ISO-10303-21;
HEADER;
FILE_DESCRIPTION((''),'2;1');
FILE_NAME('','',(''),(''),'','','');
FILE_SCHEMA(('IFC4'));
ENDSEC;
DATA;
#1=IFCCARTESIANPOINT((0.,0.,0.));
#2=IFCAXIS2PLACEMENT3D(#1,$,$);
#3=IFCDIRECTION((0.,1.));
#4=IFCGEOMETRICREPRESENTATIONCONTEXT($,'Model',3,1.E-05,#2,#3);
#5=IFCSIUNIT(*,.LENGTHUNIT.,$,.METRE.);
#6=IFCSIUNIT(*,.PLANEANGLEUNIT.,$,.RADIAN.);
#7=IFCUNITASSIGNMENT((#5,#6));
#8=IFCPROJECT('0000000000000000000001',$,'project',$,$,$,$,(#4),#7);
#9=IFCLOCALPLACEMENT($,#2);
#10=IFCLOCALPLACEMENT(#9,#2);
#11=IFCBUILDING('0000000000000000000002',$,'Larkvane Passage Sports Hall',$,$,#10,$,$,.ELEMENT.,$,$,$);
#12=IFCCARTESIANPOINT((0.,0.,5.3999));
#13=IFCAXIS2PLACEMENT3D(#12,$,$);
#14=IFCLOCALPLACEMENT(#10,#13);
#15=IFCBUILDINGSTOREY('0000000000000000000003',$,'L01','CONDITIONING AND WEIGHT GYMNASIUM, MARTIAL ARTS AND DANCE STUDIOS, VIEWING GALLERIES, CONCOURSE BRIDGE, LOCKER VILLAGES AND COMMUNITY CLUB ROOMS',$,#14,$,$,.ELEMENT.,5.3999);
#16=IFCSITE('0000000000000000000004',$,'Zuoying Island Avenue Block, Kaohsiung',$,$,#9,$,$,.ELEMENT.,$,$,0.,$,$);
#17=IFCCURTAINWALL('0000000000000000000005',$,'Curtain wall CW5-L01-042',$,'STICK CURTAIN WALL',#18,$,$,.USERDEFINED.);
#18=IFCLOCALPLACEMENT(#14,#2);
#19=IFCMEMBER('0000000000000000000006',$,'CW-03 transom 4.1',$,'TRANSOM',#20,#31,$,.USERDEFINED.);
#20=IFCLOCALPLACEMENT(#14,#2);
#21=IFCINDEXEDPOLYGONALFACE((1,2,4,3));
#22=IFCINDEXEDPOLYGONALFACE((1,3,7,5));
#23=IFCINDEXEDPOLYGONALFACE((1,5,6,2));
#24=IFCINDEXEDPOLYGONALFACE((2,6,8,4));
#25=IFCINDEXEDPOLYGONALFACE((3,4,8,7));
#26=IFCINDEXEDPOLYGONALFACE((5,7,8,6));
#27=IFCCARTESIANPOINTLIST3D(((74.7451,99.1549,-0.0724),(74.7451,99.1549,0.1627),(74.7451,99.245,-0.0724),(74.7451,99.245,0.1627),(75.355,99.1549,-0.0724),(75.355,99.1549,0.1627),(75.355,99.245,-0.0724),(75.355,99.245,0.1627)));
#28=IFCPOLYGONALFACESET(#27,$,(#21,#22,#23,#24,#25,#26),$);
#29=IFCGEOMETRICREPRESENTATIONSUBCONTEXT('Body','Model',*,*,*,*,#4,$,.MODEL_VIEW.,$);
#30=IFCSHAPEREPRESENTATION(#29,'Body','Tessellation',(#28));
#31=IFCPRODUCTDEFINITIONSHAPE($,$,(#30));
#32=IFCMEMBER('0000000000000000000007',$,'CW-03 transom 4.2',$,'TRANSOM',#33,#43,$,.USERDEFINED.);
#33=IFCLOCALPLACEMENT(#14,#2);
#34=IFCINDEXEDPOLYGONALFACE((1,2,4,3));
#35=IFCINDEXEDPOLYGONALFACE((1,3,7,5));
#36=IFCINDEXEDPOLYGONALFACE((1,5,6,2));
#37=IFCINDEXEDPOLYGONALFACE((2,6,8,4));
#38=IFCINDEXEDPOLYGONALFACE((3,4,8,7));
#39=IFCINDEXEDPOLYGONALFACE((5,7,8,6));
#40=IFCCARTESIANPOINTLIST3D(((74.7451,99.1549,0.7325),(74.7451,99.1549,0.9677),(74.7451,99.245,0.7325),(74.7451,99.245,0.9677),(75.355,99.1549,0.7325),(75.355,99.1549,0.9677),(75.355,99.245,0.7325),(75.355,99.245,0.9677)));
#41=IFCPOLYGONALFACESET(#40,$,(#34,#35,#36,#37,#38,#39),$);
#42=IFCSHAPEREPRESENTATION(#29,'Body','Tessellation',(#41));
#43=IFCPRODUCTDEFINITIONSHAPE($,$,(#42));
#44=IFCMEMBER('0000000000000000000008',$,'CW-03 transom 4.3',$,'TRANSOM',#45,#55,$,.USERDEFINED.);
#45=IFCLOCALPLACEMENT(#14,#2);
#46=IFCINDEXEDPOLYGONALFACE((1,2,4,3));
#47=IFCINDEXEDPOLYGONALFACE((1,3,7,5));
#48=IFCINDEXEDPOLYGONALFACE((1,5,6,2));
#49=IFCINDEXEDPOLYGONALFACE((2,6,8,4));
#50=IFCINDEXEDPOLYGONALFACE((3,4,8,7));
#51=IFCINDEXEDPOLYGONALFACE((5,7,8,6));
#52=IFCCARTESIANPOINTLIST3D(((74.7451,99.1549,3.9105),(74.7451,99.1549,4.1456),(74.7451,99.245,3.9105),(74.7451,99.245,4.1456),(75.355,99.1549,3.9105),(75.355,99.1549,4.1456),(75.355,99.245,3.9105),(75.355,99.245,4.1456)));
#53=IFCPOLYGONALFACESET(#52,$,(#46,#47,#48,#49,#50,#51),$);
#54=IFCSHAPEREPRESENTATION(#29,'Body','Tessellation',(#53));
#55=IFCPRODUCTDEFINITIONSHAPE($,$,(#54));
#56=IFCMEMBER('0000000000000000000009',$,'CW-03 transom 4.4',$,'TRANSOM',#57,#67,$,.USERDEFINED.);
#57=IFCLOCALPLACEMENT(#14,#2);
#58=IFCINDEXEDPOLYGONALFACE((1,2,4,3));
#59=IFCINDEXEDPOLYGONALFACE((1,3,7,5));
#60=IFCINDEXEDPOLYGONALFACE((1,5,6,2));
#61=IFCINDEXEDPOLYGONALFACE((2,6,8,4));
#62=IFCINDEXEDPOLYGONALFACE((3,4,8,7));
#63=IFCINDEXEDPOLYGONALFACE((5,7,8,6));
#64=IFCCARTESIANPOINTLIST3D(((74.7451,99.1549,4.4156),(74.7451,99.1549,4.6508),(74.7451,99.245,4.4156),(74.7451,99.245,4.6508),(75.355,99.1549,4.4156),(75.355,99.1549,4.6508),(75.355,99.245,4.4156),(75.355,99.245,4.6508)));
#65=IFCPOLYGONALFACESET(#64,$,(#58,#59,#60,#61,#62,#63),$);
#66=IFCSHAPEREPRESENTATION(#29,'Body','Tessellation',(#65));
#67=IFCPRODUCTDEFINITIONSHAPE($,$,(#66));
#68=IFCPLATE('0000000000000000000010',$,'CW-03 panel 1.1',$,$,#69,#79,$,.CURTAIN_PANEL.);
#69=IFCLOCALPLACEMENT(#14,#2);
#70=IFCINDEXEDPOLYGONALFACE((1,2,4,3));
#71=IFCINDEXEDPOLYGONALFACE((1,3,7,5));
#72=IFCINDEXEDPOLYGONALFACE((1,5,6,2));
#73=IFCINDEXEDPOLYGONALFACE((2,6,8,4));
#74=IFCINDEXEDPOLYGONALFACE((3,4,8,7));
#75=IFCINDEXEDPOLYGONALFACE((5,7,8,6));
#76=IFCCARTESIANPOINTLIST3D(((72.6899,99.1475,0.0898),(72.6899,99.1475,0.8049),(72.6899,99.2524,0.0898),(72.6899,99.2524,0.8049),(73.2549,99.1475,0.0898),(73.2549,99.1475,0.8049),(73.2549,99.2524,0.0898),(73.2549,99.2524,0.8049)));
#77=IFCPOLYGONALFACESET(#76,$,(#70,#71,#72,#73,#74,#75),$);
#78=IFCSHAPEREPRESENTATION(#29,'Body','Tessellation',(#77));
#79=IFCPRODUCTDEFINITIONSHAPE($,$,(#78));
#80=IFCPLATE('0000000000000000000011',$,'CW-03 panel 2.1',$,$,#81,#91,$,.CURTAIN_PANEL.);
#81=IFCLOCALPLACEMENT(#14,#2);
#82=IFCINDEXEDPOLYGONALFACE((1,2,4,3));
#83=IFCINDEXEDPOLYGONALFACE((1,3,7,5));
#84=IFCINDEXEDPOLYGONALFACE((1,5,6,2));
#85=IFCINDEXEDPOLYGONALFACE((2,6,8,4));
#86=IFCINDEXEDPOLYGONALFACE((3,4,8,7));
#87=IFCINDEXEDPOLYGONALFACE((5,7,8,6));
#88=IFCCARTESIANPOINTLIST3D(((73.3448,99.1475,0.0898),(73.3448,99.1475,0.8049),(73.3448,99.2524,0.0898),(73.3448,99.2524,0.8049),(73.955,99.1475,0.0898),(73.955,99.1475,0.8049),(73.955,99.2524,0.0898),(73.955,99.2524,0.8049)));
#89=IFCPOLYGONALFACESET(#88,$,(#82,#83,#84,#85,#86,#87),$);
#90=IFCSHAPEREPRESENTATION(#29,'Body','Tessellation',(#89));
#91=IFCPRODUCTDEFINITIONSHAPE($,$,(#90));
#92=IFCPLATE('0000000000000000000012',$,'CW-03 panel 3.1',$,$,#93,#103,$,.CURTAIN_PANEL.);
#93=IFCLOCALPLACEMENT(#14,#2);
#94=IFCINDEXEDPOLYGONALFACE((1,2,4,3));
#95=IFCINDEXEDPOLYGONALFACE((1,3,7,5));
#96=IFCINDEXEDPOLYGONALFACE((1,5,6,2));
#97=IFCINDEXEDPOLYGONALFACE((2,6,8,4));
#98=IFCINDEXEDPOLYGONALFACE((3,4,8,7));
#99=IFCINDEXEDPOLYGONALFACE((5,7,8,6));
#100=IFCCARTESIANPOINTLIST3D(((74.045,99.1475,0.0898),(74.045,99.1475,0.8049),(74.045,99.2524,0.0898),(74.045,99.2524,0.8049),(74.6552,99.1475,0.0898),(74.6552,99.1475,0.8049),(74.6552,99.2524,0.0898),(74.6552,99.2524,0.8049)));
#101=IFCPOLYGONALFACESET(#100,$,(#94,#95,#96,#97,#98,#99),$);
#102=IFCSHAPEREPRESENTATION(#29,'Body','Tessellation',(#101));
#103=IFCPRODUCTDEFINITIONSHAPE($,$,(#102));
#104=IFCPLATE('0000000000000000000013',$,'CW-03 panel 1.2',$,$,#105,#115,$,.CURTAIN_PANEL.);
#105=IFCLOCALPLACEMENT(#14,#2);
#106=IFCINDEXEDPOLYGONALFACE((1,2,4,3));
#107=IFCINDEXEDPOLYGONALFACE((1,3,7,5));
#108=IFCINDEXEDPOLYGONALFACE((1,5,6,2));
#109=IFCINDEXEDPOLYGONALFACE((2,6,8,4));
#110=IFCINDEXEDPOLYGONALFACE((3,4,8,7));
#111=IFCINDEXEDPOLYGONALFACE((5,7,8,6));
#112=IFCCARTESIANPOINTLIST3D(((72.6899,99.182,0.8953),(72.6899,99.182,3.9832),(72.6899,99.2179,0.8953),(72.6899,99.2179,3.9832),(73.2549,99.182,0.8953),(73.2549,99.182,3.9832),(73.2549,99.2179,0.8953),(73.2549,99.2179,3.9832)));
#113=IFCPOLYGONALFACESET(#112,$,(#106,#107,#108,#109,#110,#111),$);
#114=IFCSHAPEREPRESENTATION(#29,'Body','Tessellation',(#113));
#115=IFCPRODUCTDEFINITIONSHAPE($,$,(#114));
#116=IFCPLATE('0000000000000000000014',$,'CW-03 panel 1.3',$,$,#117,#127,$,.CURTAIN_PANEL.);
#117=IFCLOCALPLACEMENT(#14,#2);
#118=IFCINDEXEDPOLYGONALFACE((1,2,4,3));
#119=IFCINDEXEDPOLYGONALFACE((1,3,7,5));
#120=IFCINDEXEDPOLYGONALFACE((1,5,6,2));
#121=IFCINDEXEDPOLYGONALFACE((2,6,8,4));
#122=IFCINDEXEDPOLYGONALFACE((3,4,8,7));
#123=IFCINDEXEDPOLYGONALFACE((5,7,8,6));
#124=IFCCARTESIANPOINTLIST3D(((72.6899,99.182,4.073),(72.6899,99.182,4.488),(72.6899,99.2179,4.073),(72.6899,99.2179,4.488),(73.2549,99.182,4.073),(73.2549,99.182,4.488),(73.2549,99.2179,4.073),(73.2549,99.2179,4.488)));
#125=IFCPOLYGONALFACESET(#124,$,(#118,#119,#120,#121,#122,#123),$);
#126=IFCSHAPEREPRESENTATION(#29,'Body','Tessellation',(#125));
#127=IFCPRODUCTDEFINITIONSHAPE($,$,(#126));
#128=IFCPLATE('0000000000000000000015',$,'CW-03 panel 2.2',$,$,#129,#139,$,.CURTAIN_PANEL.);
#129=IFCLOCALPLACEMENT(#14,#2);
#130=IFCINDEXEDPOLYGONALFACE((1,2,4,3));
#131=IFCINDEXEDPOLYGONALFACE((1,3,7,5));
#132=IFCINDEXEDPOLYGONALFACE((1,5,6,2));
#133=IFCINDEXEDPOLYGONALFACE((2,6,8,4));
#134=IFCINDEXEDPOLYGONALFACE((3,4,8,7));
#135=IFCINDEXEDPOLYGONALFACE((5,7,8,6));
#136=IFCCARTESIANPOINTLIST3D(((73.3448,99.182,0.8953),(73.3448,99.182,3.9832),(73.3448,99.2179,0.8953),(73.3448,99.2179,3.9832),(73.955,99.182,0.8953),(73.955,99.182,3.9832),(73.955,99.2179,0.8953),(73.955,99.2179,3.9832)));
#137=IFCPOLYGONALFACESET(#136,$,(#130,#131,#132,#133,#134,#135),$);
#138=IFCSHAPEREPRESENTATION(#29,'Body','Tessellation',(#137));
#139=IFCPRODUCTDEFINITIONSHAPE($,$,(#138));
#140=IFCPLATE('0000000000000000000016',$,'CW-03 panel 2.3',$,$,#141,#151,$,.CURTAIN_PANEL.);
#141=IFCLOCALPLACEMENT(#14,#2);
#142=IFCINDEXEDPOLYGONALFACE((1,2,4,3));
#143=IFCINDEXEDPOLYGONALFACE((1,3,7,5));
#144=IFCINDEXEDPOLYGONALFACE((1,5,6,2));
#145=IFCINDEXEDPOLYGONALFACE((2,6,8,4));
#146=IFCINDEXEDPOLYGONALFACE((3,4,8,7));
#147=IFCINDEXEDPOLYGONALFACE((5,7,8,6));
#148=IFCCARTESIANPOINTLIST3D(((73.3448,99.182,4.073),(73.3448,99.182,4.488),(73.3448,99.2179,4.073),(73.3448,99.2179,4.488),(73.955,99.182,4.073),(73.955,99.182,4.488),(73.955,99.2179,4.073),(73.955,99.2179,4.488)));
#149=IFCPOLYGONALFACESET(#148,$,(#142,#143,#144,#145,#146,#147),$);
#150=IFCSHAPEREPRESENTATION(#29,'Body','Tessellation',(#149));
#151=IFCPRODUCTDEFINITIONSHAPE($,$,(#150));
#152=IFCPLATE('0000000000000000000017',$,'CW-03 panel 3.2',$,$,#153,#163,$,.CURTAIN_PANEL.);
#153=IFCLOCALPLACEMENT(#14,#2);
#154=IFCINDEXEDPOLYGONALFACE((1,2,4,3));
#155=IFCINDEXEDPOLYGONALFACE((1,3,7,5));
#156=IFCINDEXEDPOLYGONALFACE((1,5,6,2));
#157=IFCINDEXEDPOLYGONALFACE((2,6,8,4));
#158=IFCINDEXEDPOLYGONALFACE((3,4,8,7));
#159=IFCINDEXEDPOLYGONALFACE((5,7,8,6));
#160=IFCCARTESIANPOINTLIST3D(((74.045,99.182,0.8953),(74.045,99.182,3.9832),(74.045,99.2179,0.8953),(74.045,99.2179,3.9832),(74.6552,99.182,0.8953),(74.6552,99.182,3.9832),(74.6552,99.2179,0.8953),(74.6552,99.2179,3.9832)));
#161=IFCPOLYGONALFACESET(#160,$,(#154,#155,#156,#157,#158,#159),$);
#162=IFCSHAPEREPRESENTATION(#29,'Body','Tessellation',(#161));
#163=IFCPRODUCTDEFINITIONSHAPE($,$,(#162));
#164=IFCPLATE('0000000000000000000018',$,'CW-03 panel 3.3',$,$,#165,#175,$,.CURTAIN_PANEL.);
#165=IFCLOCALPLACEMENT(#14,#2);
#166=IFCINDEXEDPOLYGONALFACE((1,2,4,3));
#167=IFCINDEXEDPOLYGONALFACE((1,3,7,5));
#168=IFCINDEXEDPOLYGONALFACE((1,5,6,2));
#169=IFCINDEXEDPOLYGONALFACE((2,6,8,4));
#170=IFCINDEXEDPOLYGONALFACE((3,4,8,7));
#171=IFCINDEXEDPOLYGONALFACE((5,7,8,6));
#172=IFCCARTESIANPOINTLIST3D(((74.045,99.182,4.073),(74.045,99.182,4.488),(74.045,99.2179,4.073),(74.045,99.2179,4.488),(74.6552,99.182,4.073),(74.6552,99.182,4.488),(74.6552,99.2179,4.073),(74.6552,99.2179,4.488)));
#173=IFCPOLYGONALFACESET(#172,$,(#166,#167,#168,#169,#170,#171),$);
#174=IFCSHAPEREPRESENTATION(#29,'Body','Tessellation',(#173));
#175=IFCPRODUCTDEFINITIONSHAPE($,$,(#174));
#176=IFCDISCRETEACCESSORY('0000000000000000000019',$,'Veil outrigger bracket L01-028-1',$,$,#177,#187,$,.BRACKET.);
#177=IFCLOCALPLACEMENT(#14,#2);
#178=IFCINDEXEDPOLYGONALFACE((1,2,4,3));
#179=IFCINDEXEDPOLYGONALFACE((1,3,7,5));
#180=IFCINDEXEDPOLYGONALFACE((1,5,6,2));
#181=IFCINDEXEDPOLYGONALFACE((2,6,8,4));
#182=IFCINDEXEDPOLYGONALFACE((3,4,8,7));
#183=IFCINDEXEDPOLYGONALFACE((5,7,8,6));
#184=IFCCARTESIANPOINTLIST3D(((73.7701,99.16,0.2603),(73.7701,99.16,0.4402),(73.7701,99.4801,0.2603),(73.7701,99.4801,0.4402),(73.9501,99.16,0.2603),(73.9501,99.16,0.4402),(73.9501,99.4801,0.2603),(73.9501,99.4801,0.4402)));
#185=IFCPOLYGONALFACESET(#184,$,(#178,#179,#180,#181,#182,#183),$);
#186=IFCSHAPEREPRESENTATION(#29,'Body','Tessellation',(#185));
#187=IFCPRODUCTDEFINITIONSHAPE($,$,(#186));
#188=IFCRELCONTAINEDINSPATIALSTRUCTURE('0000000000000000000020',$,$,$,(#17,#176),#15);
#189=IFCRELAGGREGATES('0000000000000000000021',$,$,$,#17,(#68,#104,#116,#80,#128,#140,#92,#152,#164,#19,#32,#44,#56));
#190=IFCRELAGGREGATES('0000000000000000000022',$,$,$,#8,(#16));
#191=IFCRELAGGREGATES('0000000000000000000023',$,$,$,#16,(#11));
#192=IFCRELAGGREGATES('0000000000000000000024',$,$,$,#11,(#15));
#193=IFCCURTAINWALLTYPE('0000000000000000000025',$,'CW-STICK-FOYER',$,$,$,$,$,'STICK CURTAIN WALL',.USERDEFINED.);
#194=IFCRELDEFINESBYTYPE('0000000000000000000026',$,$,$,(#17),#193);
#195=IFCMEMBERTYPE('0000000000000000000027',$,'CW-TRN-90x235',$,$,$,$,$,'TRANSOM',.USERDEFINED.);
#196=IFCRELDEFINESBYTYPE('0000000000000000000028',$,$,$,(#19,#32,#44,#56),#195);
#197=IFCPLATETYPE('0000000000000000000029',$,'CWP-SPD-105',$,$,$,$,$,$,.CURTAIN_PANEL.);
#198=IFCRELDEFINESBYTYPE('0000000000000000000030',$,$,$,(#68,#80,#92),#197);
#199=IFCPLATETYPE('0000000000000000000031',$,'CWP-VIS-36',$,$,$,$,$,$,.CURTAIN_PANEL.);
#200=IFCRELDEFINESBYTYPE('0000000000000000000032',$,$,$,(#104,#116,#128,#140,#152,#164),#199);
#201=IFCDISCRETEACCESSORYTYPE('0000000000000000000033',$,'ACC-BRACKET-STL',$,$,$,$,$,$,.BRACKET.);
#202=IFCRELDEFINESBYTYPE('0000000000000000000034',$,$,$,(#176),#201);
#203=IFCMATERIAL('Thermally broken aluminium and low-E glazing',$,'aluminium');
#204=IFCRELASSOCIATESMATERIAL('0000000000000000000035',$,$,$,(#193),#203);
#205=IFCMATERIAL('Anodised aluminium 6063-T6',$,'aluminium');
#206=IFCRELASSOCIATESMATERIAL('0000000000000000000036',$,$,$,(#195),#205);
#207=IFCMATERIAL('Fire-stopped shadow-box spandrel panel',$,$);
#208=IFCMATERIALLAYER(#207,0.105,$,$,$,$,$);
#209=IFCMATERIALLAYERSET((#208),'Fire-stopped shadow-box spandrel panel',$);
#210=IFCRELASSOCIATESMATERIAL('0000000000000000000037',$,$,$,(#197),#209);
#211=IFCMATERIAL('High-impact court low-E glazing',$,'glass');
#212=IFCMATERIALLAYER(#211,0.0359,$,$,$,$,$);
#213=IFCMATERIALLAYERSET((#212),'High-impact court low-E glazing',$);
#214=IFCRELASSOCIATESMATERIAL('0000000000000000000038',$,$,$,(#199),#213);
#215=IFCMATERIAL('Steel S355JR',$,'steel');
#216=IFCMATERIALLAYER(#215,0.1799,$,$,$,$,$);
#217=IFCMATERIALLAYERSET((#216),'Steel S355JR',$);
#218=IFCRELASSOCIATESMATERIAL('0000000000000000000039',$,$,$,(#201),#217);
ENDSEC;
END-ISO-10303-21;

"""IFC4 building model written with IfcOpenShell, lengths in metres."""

from ifc_helpers import new_model, si_unit, direction, frame, origin, origin_2d, place, context, subcontext, project, spatial, rectangle, extrude, material, layer, layer_set, material_profile, profile_set, type_object, element, aggregate, save


model = new_model("IFC4")

# Units and contexts
model_context = context("Model", 3, precision=1e-05, world=origin(), true_north=direction((0.0, 1.0)))
body_context = subcontext(model_context, "Body", "Model", "MODEL_VIEW")
ifc_project = project(units=[si_unit("LENGTHUNIT", "METRE"), si_unit("PLANEANGLEUNIT", "RADIAN")], contexts=[model_context])

# Site, building, storey
site_placement = place(None, origin())
site = spatial("IfcSite", under=ifc_project, at=site_placement, Name="Zuoying Island Avenue Block, Kaohsiung", CompositionType="ELEMENT", RefElevation=0.0)
building_placement = place(site_placement, origin())
building = spatial("IfcBuilding", under=site, at=building_placement, Name="Larkvane Passage Sports Hall", CompositionType="ELEMENT")
storey_placement = place(building_placement, frame((0.0, 0.0, 5.3999)))
storey = spatial("IfcBuildingStorey", under=building, at=storey_placement, Name="L01", Description="CONDITIONING AND WEIGHT GYMNASIUM, MARTIAL ARTS AND DANCE STUDIOS, VIEWING GALLERIES, CONCOURSE BRIDGE, LOCKER VILLAGES AND COMMUNITY CLUB ROOMS", CompositionType="ELEMENT", Elevation=5.3999)

# Curtain wall, members, plates
ifc_material_1 = material(Name="Thermally broken aluminium and low-E glazing", Category="aluminium")
curtain_wall_type = type_object("IfcCurtainWallType", Name="CW-STICK-FOYER", ElementType="STICK CURTAIN WALL", PredefinedType="USERDEFINED", material=ifc_material_1)
curtain_wall_placement = place(storey_placement, origin())
curtain_wall = element("IfcCurtainWall", 1, at=curtain_wall_placement, inside=storey, type_object=curtain_wall_type, Name="Curtain wall CW5-L01-042", ObjectType="STICK CURTAIN WALL", PredefinedType="USERDEFINED")
ifc_material_2 = material(Name="Anodised aluminium 6063-T6", Category="aluminium")
ifc_material_profile_1 = material_profile(ifc_material_2, rectangle(XDim=0.0901, YDim=0.2351, at=origin_2d()), Name="ALU-TRN-90x235")
ifc_profile_set_1 = profile_set([ifc_material_profile_1], Name="Anodised aluminium 6063-T6")
member_type_1 = type_object("IfcMemberType", Name="CW-TRN-90x235", ElementType="TRANSOM", PredefinedType="USERDEFINED", material=ifc_profile_set_1)
member_1_placement = place(storey_placement, frame((74.7451, 99.2, 0.0452), z_axis=(1.0, 0.0, 0.0), x_axis=(0.0, 1.0, 0.0)))
member_1 = element("IfcMember", 2, at=member_1_placement, type_object=member_type_1, Name="CW-03 transom 4.1", ObjectType="TRANSOM", PredefinedType="USERDEFINED", context=body_context, shape_type="SweptSolid", body=[
    extrude(rectangle(XDim=0.0901, YDim=0.2351, at=origin_2d()), origin(), (0.0, 0.0, 1.0), 0.6099),
])
member_2_placement = place(storey_placement, frame((74.7451, 99.2, 0.8501), z_axis=(1.0, 0.0, 0.0), x_axis=(0.0, 1.0, 0.0)))
member_2 = element("IfcMember", 3, at=member_2_placement, type_object=member_type_1, Name="CW-03 transom 4.2", ObjectType="TRANSOM", PredefinedType="USERDEFINED", context=body_context, shape_type="SweptSolid", body=[
    extrude(rectangle(XDim=0.0901, YDim=0.2351, at=origin_2d()), origin(), (0.0, 0.0, 1.0), 0.6099),
])
member_3_placement = place(storey_placement, frame((74.7451, 99.2, 4.0281), z_axis=(1.0, 0.0, 0.0), x_axis=(0.0, 1.0, 0.0)))
member_3 = element("IfcMember", 4, at=member_3_placement, type_object=member_type_1, Name="CW-03 transom 4.3", ObjectType="TRANSOM", PredefinedType="USERDEFINED", context=body_context, shape_type="SweptSolid", body=[
    extrude(rectangle(XDim=0.0901, YDim=0.2351, at=origin_2d()), origin(), (0.0, 0.0, 1.0), 0.6099),
])
member_4_placement = place(storey_placement, frame((74.7451, 99.2, 4.5332), z_axis=(1.0, 0.0, 0.0), x_axis=(0.0, 1.0, 0.0)))
member_4 = element("IfcMember", 5, at=member_4_placement, type_object=member_type_1, Name="CW-03 transom 4.4", ObjectType="TRANSOM", PredefinedType="USERDEFINED", context=body_context, shape_type="SweptSolid", body=[
    extrude(rectangle(XDim=0.0901, YDim=0.2351, at=origin_2d()), origin(), (0.0, 0.0, 1.0), 0.6099),
])
ifc_material_3 = material(Name="Fire-stopped shadow-box spandrel panel")
ifc_layer_1 = layer(ifc_material_3, 0.105)
ifc_layer_set_1 = layer_set([ifc_layer_1], Name="Fire-stopped shadow-box spandrel panel")
plate_type_1 = type_object("IfcPlateType", Name="CWP-SPD-105", PredefinedType="CURTAIN_PANEL", material=ifc_layer_set_1)
plate_1_placement = place(storey_placement, frame((72.9724, 99.2, 0.0898), z_axis=(0.0, 0.0, 1.0), x_axis=(1.0, 0.0, 0.0)))
plate_1 = element("IfcPlate", 6, at=plate_1_placement, type_object=plate_type_1, Name="CW-03 panel 1.1", PredefinedType="CURTAIN_PANEL", context=body_context, shape_type="SweptSolid", body=[
    extrude(rectangle(XDim=0.5649, YDim=0.105, at=origin_2d()), origin(), (0.0, 0.0, 1.0), 0.7151),
])
plate_2_placement = place(storey_placement, frame((73.6499, 99.2, 0.0898), z_axis=(0.0, 0.0, 1.0), x_axis=(1.0, 0.0, 0.0)))
plate_2 = element("IfcPlate", 7, at=plate_2_placement, type_object=plate_type_1, Name="CW-03 panel 2.1", PredefinedType="CURTAIN_PANEL", context=body_context, shape_type="SweptSolid", body=[
    extrude(rectangle(XDim=0.6101, YDim=0.105, at=origin_2d()), origin(), (0.0, 0.0, 1.0), 0.7151),
])
plate_3_placement = place(storey_placement, frame((74.3501, 99.2, 0.0898), z_axis=(0.0, 0.0, 1.0), x_axis=(1.0, 0.0, 0.0)))
plate_3 = element("IfcPlate", 8, at=plate_3_placement, type_object=plate_type_1, Name="CW-03 panel 3.1", PredefinedType="CURTAIN_PANEL", context=body_context, shape_type="SweptSolid", body=[
    extrude(rectangle(XDim=0.6101, YDim=0.105, at=origin_2d()), origin(), (0.0, 0.0, 1.0), 0.7151),
])
ifc_material_4 = material(Name="High-impact court low-E glazing", Category="glass")
ifc_layer_2 = layer(ifc_material_4, 0.0359)
ifc_layer_set_2 = layer_set([ifc_layer_2], Name="High-impact court low-E glazing")
plate_type_2 = type_object("IfcPlateType", Name="CWP-VIS-36", PredefinedType="CURTAIN_PANEL", material=ifc_layer_set_2)
plate_4_placement = place(storey_placement, frame((72.9724, 99.2, 0.8953), z_axis=(0.0, 0.0, 1.0), x_axis=(1.0, 0.0, 0.0)))
plate_4 = element("IfcPlate", 9, at=plate_4_placement, type_object=plate_type_2, Name="CW-03 panel 1.2", PredefinedType="CURTAIN_PANEL", context=body_context, shape_type="SweptSolid", body=[
    extrude(rectangle(XDim=0.5649, YDim=0.0359, at=origin_2d()), origin(), (0.0, 0.0, 1.0), 3.0879),
])
plate_5_placement = place(storey_placement, frame((72.9724, 99.2, 4.073), z_axis=(0.0, 0.0, 1.0), x_axis=(1.0, 0.0, 0.0)))
plate_5 = element("IfcPlate", 10, at=plate_5_placement, type_object=plate_type_2, Name="CW-03 panel 1.3", PredefinedType="CURTAIN_PANEL", context=body_context, shape_type="SweptSolid", body=[
    extrude(rectangle(XDim=0.5649, YDim=0.0359, at=origin_2d()), origin(), (0.0, 0.0, 1.0), 0.415),
])
plate_6_placement = place(storey_placement, frame((73.6499, 99.2, 0.8953), z_axis=(0.0, 0.0, 1.0), x_axis=(1.0, 0.0, 0.0)))
plate_6 = element("IfcPlate", 11, at=plate_6_placement, type_object=plate_type_2, Name="CW-03 panel 2.2", PredefinedType="CURTAIN_PANEL", context=body_context, shape_type="SweptSolid", body=[
    extrude(rectangle(XDim=0.6101, YDim=0.0359, at=origin_2d()), origin(), (0.0, 0.0, 1.0), 3.0879),
])
plate_7_placement = place(storey_placement, frame((73.6499, 99.2, 4.073), z_axis=(0.0, 0.0, 1.0), x_axis=(1.0, 0.0, 0.0)))
plate_7 = element("IfcPlate", 12, at=plate_7_placement, type_object=plate_type_2, Name="CW-03 panel 2.3", PredefinedType="CURTAIN_PANEL", context=body_context, shape_type="SweptSolid", body=[
    extrude(rectangle(XDim=0.6101, YDim=0.0359, at=origin_2d()), origin(), (0.0, 0.0, 1.0), 0.415),
])
plate_8_placement = place(storey_placement, frame((74.3501, 99.2, 0.8953), z_axis=(0.0, 0.0, 1.0), x_axis=(1.0, 0.0, 0.0)))
plate_8 = element("IfcPlate", 13, at=plate_8_placement, type_object=plate_type_2, Name="CW-03 panel 3.2", PredefinedType="CURTAIN_PANEL", context=body_context, shape_type="SweptSolid", body=[
    extrude(rectangle(XDim=0.6101, YDim=0.0359, at=origin_2d()), origin(), (0.0, 0.0, 1.0), 3.0879),
])
plate_9_placement = place(storey_placement, frame((74.3501, 99.2, 4.073), z_axis=(0.0, 0.0, 1.0), x_axis=(1.0, 0.0, 0.0)))
plate_9 = element("IfcPlate", 14, at=plate_9_placement, type_object=plate_type_2, Name="CW-03 panel 3.3", PredefinedType="CURTAIN_PANEL", context=body_context, shape_type="SweptSolid", body=[
    extrude(rectangle(XDim=0.6101, YDim=0.0359, at=origin_2d()), origin(), (0.0, 0.0, 1.0), 0.415),
])
aggregate(curtain_wall, [plate_1, plate_4, plate_5, plate_2, plate_6, plate_7, plate_3, plate_8, plate_9, member_1, member_2, member_3, member_4])

# Discrete accessory
ifc_material_5 = material(Name="Steel S355JR", Category="steel")
ifc_layer_3 = layer(ifc_material_5, 0.1799)
ifc_layer_set_3 = layer_set([ifc_layer_3], Name="Steel S355JR")
discrete_accessory_type = type_object("IfcDiscreteAccessoryType", Name="ACC-BRACKET-STL", PredefinedType="BRACKET", material=ifc_layer_set_3)
discrete_accessory_placement = place(storey_placement, frame((73.8601, 99.3201, 0.2603), z_axis=(0.0, 0.0, 1.0), x_axis=(1.0, 0.0, 0.0)))
element("IfcDiscreteAccessory", 15, at=discrete_accessory_placement, inside=storey, type_object=discrete_accessory_type, Name="Veil outrigger bracket L01-028-1", PredefinedType="BRACKET", context=body_context, shape_type="SweptSolid", body=[
    extrude(rectangle(XDim=0.1799, YDim=0.3201, at=origin_2d()), origin(), (0.0, 0.0, 1.0), 0.1799),
])

save(model, "model.ifc")
